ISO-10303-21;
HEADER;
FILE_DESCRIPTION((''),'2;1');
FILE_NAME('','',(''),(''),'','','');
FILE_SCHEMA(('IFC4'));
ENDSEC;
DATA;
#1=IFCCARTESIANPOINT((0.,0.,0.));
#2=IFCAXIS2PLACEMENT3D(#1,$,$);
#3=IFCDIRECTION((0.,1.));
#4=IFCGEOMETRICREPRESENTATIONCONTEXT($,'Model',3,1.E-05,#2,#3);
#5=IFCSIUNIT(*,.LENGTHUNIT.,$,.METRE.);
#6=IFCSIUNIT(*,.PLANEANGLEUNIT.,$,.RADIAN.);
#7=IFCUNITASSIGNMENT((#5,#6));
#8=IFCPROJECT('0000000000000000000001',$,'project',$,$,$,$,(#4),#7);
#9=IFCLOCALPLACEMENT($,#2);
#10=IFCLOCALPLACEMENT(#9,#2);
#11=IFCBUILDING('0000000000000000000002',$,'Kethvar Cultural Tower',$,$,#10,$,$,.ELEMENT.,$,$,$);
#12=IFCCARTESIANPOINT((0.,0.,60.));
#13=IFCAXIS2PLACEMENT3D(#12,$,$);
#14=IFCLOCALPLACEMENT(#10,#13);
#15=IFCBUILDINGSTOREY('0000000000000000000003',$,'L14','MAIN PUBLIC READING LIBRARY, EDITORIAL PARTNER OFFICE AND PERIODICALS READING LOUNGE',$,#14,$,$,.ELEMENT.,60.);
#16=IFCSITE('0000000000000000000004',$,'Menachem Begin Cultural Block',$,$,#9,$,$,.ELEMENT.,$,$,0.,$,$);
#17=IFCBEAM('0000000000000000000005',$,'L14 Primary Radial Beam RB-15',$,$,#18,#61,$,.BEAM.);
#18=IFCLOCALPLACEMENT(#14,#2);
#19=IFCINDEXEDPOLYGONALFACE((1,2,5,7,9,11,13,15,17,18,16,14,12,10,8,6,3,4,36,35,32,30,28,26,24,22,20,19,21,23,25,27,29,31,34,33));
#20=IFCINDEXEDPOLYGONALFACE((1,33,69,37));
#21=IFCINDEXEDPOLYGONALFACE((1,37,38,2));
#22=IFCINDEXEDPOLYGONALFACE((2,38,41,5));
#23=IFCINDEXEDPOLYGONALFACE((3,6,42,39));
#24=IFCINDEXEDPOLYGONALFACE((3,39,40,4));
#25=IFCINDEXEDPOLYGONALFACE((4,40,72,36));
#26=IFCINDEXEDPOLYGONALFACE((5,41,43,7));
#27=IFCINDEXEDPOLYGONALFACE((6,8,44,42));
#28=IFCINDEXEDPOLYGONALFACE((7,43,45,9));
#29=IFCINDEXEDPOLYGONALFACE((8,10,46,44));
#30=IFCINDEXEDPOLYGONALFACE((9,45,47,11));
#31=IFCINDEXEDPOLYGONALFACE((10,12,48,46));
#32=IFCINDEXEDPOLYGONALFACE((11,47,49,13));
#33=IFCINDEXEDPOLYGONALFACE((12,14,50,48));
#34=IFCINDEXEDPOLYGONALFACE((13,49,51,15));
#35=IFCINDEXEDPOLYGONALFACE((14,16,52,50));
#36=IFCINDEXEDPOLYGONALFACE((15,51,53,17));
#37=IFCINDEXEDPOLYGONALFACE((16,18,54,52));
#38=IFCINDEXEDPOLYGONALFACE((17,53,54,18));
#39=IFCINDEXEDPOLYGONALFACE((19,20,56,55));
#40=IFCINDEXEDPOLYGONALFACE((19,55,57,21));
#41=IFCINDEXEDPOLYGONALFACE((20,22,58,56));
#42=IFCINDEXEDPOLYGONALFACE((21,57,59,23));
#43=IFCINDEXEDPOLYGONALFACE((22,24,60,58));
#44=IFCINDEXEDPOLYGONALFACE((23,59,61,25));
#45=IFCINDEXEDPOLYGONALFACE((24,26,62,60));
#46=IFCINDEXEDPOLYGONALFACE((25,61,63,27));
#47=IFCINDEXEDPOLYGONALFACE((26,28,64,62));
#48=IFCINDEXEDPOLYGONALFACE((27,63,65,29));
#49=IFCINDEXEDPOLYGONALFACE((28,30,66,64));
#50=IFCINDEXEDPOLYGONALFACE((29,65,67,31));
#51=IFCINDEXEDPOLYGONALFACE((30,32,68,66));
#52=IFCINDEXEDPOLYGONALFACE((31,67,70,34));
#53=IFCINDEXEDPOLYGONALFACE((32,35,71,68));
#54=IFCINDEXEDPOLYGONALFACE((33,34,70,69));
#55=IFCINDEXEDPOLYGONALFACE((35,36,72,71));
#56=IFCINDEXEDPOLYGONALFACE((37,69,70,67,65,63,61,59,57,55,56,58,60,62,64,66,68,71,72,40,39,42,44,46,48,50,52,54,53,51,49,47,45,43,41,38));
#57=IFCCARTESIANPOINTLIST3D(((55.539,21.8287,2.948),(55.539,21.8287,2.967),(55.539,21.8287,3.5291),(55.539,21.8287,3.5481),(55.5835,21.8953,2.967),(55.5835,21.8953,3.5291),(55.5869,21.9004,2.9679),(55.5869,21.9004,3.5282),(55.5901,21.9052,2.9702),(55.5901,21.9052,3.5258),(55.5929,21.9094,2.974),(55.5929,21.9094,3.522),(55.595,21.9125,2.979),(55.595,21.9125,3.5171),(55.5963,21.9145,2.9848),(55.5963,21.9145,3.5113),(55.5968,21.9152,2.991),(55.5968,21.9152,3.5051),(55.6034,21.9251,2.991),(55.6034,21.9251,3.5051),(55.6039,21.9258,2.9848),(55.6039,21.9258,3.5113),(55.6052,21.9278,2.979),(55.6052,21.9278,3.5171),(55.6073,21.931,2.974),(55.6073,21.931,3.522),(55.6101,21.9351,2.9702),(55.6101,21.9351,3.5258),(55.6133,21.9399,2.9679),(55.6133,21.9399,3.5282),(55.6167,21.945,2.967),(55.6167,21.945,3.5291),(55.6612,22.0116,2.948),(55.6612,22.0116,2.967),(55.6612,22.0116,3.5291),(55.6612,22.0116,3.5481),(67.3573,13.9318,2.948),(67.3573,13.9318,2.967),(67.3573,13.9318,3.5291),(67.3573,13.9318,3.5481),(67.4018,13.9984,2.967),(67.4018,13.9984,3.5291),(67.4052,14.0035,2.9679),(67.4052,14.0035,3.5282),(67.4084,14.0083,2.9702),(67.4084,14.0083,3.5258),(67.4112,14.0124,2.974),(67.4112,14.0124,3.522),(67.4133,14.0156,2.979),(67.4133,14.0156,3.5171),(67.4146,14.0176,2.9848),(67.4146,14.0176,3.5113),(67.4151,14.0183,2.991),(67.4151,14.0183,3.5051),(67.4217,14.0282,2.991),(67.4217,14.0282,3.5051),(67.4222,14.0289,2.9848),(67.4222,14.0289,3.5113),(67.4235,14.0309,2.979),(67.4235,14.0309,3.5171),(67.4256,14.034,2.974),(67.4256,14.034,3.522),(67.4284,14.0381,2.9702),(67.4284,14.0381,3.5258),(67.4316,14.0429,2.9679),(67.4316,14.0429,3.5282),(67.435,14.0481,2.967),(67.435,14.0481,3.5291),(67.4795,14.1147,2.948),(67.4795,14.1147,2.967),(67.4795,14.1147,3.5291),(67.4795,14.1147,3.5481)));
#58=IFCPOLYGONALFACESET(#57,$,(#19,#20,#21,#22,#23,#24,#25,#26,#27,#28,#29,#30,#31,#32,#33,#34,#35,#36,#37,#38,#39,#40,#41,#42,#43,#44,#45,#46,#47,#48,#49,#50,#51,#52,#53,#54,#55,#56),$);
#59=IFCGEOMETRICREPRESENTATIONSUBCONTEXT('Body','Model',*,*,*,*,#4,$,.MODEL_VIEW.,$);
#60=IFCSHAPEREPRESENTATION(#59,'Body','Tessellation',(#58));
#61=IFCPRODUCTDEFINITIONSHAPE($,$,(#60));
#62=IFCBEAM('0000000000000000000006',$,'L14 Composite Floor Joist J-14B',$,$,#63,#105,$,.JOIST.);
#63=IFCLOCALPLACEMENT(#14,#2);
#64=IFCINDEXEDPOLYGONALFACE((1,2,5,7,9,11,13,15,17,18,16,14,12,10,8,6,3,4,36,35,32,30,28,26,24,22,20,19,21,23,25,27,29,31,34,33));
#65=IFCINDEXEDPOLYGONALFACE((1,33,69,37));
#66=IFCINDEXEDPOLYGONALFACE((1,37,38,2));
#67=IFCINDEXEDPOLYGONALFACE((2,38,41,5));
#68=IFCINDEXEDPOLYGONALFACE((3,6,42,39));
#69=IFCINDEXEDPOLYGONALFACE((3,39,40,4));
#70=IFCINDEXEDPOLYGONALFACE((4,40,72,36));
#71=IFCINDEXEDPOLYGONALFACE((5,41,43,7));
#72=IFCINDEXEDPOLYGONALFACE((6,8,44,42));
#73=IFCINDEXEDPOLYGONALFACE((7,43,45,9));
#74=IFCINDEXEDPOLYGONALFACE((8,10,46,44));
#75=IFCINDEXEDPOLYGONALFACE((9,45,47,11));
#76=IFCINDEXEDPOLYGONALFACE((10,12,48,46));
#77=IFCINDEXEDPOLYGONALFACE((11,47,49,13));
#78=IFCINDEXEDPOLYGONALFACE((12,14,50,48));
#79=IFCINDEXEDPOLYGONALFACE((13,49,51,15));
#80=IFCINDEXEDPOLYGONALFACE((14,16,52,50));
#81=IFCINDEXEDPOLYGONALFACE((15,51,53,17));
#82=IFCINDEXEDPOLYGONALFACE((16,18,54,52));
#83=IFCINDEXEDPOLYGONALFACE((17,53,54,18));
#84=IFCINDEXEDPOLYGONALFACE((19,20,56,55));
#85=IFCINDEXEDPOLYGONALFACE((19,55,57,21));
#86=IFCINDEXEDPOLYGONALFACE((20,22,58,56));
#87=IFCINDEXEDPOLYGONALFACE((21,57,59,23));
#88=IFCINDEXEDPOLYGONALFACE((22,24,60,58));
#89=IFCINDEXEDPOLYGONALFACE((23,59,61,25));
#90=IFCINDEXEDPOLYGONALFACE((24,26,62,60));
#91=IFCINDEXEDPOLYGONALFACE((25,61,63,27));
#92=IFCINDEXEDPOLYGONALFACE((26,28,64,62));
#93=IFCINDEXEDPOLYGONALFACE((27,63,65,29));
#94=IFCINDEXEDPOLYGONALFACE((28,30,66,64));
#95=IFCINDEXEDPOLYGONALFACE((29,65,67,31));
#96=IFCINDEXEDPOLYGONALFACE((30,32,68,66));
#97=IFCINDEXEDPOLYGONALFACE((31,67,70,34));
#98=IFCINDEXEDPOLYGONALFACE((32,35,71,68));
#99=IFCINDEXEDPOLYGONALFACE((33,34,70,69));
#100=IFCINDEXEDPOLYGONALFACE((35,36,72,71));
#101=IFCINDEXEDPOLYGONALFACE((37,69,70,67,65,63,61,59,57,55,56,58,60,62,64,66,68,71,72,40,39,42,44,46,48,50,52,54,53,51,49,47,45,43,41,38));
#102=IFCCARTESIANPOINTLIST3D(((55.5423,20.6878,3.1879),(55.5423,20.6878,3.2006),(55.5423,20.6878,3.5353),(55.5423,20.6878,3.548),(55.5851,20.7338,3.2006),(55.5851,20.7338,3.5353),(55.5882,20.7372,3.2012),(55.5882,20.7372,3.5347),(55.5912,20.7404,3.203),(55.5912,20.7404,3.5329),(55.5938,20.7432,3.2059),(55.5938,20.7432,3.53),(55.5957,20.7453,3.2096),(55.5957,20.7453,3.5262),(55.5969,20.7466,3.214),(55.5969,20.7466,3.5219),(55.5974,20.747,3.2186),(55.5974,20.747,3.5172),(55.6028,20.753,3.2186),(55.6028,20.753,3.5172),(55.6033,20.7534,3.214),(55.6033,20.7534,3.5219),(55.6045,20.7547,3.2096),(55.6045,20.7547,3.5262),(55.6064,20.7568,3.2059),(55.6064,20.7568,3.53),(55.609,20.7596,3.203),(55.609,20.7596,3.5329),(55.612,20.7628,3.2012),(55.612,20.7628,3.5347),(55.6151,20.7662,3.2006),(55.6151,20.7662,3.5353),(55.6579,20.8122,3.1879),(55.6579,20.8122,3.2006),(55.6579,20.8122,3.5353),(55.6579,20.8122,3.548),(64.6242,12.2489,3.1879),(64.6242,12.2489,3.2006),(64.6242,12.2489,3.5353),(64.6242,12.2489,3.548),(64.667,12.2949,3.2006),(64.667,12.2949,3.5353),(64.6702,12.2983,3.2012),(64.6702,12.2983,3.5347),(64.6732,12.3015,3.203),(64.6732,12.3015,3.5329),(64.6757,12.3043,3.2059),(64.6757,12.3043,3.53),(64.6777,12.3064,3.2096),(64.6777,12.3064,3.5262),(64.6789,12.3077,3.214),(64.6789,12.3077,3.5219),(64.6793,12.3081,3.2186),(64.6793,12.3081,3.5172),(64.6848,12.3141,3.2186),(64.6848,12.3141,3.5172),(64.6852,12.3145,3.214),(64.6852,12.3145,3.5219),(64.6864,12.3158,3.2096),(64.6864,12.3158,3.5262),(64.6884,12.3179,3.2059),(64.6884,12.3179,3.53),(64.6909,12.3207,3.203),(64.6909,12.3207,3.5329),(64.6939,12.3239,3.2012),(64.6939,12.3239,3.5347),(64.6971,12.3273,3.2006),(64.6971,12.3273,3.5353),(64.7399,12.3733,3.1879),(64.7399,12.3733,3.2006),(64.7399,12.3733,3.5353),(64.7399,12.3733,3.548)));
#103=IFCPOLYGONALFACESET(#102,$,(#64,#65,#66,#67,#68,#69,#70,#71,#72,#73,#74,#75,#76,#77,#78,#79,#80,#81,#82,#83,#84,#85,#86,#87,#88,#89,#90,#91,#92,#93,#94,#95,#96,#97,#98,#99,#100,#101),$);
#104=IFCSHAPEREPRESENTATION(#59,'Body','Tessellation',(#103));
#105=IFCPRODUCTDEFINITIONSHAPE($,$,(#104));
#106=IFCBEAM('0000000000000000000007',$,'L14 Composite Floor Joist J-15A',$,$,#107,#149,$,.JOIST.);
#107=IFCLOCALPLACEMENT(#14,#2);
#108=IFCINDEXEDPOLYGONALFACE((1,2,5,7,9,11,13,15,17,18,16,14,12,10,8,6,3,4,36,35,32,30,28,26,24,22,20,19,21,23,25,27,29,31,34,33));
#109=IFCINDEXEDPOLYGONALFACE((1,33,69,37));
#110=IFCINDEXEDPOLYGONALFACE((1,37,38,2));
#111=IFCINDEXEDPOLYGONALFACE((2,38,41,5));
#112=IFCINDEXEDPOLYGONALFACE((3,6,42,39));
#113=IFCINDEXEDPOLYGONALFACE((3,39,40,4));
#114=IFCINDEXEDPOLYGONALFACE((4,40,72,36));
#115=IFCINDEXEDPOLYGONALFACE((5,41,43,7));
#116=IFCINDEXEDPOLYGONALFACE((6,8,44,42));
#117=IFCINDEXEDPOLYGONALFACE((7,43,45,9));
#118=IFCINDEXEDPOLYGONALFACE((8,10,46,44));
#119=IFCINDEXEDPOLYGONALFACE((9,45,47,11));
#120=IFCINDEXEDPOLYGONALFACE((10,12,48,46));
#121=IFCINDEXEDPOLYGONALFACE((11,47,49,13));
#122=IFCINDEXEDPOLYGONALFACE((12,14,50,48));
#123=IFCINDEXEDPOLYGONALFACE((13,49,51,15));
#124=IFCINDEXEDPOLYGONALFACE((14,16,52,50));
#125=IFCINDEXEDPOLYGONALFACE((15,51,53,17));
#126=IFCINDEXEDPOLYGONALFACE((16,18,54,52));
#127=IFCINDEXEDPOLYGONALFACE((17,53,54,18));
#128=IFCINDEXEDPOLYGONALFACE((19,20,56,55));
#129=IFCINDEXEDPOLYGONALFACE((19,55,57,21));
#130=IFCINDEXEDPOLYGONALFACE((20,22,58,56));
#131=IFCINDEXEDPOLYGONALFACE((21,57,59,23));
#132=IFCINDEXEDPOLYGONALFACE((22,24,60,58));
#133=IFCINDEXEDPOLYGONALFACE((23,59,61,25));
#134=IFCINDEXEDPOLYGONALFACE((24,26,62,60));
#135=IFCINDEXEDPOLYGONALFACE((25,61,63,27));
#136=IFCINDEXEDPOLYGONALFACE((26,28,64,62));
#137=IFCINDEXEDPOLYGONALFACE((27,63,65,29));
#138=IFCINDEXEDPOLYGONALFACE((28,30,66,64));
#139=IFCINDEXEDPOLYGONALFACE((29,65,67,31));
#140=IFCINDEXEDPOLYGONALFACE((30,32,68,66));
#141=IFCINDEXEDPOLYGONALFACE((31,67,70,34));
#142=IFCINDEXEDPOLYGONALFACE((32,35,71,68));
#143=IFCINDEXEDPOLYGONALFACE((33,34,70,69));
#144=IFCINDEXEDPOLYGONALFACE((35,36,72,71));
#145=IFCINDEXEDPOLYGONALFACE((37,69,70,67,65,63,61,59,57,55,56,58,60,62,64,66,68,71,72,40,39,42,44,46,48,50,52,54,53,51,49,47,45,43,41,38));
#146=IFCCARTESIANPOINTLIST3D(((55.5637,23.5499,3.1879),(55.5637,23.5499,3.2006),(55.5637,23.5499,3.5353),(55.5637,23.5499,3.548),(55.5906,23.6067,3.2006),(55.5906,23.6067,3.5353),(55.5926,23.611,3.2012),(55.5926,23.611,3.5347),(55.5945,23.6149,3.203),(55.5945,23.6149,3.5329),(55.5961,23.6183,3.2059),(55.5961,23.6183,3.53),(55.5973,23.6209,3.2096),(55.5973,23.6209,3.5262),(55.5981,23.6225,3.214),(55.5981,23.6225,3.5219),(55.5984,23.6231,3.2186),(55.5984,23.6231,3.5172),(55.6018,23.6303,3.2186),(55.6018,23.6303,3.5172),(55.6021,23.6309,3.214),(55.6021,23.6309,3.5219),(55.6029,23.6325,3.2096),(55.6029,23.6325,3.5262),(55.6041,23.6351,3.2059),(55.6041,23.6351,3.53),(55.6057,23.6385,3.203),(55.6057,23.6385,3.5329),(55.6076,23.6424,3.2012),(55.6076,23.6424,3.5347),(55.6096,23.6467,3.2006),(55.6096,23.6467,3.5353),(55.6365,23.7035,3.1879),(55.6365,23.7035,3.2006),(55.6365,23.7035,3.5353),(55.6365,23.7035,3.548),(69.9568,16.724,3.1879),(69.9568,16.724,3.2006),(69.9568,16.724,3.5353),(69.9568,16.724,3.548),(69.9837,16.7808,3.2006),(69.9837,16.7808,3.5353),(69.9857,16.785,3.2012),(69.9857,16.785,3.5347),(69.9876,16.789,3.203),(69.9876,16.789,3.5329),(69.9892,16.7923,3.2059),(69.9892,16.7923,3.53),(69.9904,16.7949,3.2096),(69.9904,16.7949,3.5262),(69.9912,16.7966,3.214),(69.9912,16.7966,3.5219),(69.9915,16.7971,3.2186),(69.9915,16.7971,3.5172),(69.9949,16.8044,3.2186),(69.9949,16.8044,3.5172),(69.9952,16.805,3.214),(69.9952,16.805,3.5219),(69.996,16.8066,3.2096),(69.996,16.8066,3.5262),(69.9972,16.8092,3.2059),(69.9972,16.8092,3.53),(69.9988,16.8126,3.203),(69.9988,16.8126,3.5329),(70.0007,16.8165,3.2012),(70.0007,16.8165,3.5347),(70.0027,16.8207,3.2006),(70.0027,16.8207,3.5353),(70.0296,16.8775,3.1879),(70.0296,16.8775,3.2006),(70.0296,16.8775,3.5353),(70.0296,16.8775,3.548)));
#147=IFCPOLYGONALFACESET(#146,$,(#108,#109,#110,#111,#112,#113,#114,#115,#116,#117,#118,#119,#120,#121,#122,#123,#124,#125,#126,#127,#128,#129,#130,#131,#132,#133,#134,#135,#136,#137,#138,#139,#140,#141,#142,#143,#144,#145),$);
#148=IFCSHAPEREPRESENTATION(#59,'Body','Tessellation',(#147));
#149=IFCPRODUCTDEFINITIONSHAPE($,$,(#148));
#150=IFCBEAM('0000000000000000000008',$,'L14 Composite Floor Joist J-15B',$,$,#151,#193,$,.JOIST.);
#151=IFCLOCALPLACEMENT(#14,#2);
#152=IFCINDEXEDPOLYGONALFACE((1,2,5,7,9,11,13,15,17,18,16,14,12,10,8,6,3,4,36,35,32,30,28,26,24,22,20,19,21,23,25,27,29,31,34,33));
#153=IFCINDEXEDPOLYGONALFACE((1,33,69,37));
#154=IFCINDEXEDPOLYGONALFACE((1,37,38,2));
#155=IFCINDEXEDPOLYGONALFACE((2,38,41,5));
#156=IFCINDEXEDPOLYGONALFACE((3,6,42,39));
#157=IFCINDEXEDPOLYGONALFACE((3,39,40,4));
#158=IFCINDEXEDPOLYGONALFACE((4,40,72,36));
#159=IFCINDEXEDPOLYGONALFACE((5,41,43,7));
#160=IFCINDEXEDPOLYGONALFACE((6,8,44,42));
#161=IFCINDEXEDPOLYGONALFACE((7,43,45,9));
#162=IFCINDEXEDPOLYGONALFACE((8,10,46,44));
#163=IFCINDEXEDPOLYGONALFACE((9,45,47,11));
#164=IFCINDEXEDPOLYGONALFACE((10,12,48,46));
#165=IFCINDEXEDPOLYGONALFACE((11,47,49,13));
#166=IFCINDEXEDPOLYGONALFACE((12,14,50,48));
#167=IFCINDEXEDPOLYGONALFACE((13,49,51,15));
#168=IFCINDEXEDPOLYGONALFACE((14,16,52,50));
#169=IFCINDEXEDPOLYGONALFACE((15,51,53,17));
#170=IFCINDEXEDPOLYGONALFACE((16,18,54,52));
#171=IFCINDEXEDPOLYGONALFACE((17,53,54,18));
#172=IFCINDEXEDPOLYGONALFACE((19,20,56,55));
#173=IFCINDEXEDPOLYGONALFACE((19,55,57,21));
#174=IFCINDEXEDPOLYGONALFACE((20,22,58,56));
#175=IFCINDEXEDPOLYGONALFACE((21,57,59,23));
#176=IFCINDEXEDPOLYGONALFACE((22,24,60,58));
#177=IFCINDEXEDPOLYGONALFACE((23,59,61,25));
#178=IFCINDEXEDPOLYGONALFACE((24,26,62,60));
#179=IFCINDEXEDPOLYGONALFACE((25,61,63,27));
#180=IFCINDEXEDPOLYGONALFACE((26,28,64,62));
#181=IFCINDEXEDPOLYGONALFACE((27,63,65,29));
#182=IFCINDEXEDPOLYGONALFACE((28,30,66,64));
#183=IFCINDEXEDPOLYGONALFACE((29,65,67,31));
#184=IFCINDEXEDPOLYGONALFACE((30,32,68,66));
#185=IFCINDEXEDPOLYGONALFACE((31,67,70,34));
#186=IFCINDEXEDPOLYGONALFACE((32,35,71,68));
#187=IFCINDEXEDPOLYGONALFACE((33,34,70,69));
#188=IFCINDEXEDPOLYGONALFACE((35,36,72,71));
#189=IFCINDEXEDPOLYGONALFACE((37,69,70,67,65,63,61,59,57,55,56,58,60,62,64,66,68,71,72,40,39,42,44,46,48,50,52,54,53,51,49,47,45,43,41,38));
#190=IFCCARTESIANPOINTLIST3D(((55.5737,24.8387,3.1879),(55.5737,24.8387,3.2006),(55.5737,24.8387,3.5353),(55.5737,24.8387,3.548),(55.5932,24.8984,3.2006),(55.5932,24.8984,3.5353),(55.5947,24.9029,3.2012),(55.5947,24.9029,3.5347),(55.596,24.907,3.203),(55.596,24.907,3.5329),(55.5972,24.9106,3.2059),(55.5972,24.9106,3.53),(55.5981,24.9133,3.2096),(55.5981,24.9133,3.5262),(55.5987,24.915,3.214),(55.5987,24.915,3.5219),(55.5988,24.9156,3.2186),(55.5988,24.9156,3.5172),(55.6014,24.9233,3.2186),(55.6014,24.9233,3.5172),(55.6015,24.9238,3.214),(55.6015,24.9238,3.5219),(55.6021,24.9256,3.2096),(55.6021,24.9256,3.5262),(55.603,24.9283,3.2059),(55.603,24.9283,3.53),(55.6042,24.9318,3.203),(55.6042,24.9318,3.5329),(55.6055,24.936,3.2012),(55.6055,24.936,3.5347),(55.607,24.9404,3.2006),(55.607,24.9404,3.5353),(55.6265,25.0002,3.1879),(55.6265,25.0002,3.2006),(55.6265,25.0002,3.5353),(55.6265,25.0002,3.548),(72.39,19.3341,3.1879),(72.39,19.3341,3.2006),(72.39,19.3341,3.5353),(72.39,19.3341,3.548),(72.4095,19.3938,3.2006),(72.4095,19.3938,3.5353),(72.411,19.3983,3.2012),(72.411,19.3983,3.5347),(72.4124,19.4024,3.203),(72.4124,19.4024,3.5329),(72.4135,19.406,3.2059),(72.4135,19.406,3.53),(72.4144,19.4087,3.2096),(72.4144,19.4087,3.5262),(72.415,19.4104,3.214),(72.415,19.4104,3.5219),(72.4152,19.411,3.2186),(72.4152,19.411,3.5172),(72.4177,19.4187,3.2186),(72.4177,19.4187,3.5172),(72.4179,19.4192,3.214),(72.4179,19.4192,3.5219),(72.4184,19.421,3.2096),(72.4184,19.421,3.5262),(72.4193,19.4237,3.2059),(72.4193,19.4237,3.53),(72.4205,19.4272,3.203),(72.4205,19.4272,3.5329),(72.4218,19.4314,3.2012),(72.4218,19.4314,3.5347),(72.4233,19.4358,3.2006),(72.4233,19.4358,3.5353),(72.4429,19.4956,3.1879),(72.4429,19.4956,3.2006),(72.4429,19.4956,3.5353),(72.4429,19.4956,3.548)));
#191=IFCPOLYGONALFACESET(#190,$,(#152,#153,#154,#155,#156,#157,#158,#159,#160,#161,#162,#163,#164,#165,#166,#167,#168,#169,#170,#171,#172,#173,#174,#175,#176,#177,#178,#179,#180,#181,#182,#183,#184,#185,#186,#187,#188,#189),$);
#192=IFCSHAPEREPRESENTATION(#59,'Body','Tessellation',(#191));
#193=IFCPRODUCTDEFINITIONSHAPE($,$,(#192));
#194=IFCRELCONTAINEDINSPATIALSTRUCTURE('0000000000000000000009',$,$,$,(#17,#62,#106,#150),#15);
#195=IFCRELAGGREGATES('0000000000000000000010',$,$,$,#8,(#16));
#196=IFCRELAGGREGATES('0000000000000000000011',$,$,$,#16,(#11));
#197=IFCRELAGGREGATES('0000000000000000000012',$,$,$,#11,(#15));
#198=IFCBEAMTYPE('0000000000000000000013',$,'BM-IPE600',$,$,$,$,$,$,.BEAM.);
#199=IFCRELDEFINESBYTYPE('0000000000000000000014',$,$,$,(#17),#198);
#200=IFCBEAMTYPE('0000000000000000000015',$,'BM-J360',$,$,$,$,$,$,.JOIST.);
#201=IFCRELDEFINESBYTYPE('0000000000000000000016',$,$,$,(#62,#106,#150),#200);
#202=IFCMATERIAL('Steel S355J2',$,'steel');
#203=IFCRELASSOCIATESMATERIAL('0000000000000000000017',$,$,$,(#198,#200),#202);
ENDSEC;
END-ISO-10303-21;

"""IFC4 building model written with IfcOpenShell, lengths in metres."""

from ifc_helpers import new_model, si_unit, direction, frame, origin, origin_2d, place, context, subcontext, project, spatial, i_section, extrude, source, transform, mapped, material, material_profile, profile_set, type_object, element, save


model = new_model("IFC4")

# Units and contexts
model_context = context("Model", 3, precision=1e-05, world=origin(), true_north=direction((0.0, 1.0)))
body_context = subcontext(model_context, "Body", "Model", "MODEL_VIEW")
ifc_project = project(units=[si_unit("LENGTHUNIT", "METRE"), si_unit("PLANEANGLEUNIT", "RADIAN")], contexts=[model_context])

# Site, building, storey
site_placement = place(None, origin())
site = spatial("IfcSite", under=ifc_project, at=site_placement, Name="Menachem Begin Cultural Block", CompositionType="ELEMENT", RefElevation=0.0)
building_placement = place(site_placement, origin())
building = spatial("IfcBuilding", under=site, at=building_placement, Name="Kethvar Cultural Tower", CompositionType="ELEMENT")
storey_placement = place(building_placement, frame((0.0, 0.0, 60.0)))
storey = spatial("IfcBuildingStorey", under=building, at=storey_placement, Name="L14", Description="MAIN PUBLIC READING LIBRARY, EDITORIAL PARTNER OFFICE AND PERIODICALS READING LOUNGE", CompositionType="ELEMENT", Elevation=60.0)

# Beams
ifc_material_1 = material(Name="Steel S355J2", Category="steel")
ifc_material_profile_1 = material_profile(ifc_material_1, i_section(OverallWidth=0.22, OverallDepth=0.6001, WebThickness=0.012, FlangeThickness=0.019, FilletRadius=0.0239, at=origin_2d()), Name="Steel S355J2 — IPE600")
ifc_profile_set_1 = profile_set([ifc_material_profile_1], Name="Steel S355J2 — IPE600")
beam_type_1 = type_object("IfcBeamType", Name="BM-IPE600", PredefinedType="BEAM", material=ifc_profile_set_1)
shared_shape_1 = source(origin(), body_context, "Body", "SweptSolid", [
    extrude(i_section(OverallWidth=0.22, OverallDepth=0.6001, WebThickness=0.012, FlangeThickness=0.019, FilletRadius=0.0239, at=origin_2d()), origin(), (0.0, 0.0, 1.0), 14.2139),
])
beam_1_placement = place(storey_placement, frame((55.6001, 21.9202, 3.248), z_axis=(0.831463, -0.55558, 0.0), x_axis=(0.55558, 0.831463, 0.0)))
element("IfcBeam", 1, at=beam_1_placement, inside=storey, type_object=beam_type_1, Name="L14 Primary Radial Beam RB-15", PredefinedType="BEAM", context=body_context, shape_type="MappedRepresentation", body=[
    mapped(shared_shape_1, transform((0.0, 0.0, 0.0), scale=1.0)),
])
ifc_material_profile_2 = material_profile(ifc_material_1, i_section(OverallWidth=0.1699, OverallDepth=0.3601, WebThickness=0.0081, FlangeThickness=0.0127, FilletRadius=0.0181, at=origin_2d()), Name="Steel S355J2 — IPE360")
ifc_profile_set_2 = profile_set([ifc_material_profile_2], Name="Steel S355J2 — IPE360")
beam_type_2 = type_object("IfcBeamType", Name="BM-J360", PredefinedType="JOIST", material=ifc_profile_set_2)
shared_shape_2 = source(origin(), body_context, "Body", "SweptSolid", [
    extrude(i_section(OverallWidth=0.1699, OverallDepth=0.3601, WebThickness=0.0081, FlangeThickness=0.0127, FilletRadius=0.0181, at=origin_2d()), origin(), (0.0, 0.0, 1.0), 12.3975),
])
beam_2_placement = place(storey_placement, frame((55.6001, 20.75, 3.3679), z_axis=(0.732566, -0.680696, 0.0), x_axis=(0.680696, 0.732566, 0.0)))
element("IfcBeam", 2, at=beam_2_placement, inside=storey, type_object=beam_type_2, Name="L14 Composite Floor Joist J-14B", PredefinedType="JOIST", context=body_context, shape_type="MappedRepresentation", body=[
    mapped(shared_shape_2, transform((0.0, 0.0, 0.0), scale=1.0)),
])
shared_shape_3 = source(origin(), body_context, "Body", "SweptSolid", [
    extrude(i_section(OverallWidth=0.1699, OverallDepth=0.3601, WebThickness=0.0081, FlangeThickness=0.0127, FilletRadius=0.0181, at=origin_2d()), origin(), (0.0, 0.0, 1.0), 15.9297),
])
beam_3_placement = place(storey_placement, frame((55.6001, 23.6267, 3.3679), z_axis=(0.90354, -0.428505, 0.0), x_axis=(0.428505, 0.90354, 0.0)))
element("IfcBeam", 3, at=beam_3_placement, inside=storey, type_object=beam_type_2, Name="L14 Composite Floor Joist J-15A", PredefinedType="JOIST", context=body_context, shape_type="MappedRepresentation", body=[
    mapped(shared_shape_3, transform((0.0, 0.0, 0.0), scale=1.0)),
])
shared_shape_4 = source(origin(), body_context, "Body", "SweptSolid", [
    extrude(i_section(OverallWidth=0.1699, OverallDepth=0.3601, WebThickness=0.0081, FlangeThickness=0.0127, FilletRadius=0.0181, at=origin_2d()), origin(), (0.0, 0.0, 1.0), 17.6943),
])
beam_4_placement = place(storey_placement, frame((55.6001, 24.9194, 3.3679), z_axis=(0.950379, -0.311095, 0.0), x_axis=(0.311095, 0.950379, 0.0)))
element("IfcBeam", 4, at=beam_4_placement, inside=storey, type_object=beam_type_2, Name="L14 Composite Floor Joist J-15B", PredefinedType="JOIST", context=body_context, shape_type="MappedRepresentation", body=[
    mapped(shared_shape_4, transform((0.0, 0.0, 0.0), scale=1.0)),
])

save(model, "model.ifc")
